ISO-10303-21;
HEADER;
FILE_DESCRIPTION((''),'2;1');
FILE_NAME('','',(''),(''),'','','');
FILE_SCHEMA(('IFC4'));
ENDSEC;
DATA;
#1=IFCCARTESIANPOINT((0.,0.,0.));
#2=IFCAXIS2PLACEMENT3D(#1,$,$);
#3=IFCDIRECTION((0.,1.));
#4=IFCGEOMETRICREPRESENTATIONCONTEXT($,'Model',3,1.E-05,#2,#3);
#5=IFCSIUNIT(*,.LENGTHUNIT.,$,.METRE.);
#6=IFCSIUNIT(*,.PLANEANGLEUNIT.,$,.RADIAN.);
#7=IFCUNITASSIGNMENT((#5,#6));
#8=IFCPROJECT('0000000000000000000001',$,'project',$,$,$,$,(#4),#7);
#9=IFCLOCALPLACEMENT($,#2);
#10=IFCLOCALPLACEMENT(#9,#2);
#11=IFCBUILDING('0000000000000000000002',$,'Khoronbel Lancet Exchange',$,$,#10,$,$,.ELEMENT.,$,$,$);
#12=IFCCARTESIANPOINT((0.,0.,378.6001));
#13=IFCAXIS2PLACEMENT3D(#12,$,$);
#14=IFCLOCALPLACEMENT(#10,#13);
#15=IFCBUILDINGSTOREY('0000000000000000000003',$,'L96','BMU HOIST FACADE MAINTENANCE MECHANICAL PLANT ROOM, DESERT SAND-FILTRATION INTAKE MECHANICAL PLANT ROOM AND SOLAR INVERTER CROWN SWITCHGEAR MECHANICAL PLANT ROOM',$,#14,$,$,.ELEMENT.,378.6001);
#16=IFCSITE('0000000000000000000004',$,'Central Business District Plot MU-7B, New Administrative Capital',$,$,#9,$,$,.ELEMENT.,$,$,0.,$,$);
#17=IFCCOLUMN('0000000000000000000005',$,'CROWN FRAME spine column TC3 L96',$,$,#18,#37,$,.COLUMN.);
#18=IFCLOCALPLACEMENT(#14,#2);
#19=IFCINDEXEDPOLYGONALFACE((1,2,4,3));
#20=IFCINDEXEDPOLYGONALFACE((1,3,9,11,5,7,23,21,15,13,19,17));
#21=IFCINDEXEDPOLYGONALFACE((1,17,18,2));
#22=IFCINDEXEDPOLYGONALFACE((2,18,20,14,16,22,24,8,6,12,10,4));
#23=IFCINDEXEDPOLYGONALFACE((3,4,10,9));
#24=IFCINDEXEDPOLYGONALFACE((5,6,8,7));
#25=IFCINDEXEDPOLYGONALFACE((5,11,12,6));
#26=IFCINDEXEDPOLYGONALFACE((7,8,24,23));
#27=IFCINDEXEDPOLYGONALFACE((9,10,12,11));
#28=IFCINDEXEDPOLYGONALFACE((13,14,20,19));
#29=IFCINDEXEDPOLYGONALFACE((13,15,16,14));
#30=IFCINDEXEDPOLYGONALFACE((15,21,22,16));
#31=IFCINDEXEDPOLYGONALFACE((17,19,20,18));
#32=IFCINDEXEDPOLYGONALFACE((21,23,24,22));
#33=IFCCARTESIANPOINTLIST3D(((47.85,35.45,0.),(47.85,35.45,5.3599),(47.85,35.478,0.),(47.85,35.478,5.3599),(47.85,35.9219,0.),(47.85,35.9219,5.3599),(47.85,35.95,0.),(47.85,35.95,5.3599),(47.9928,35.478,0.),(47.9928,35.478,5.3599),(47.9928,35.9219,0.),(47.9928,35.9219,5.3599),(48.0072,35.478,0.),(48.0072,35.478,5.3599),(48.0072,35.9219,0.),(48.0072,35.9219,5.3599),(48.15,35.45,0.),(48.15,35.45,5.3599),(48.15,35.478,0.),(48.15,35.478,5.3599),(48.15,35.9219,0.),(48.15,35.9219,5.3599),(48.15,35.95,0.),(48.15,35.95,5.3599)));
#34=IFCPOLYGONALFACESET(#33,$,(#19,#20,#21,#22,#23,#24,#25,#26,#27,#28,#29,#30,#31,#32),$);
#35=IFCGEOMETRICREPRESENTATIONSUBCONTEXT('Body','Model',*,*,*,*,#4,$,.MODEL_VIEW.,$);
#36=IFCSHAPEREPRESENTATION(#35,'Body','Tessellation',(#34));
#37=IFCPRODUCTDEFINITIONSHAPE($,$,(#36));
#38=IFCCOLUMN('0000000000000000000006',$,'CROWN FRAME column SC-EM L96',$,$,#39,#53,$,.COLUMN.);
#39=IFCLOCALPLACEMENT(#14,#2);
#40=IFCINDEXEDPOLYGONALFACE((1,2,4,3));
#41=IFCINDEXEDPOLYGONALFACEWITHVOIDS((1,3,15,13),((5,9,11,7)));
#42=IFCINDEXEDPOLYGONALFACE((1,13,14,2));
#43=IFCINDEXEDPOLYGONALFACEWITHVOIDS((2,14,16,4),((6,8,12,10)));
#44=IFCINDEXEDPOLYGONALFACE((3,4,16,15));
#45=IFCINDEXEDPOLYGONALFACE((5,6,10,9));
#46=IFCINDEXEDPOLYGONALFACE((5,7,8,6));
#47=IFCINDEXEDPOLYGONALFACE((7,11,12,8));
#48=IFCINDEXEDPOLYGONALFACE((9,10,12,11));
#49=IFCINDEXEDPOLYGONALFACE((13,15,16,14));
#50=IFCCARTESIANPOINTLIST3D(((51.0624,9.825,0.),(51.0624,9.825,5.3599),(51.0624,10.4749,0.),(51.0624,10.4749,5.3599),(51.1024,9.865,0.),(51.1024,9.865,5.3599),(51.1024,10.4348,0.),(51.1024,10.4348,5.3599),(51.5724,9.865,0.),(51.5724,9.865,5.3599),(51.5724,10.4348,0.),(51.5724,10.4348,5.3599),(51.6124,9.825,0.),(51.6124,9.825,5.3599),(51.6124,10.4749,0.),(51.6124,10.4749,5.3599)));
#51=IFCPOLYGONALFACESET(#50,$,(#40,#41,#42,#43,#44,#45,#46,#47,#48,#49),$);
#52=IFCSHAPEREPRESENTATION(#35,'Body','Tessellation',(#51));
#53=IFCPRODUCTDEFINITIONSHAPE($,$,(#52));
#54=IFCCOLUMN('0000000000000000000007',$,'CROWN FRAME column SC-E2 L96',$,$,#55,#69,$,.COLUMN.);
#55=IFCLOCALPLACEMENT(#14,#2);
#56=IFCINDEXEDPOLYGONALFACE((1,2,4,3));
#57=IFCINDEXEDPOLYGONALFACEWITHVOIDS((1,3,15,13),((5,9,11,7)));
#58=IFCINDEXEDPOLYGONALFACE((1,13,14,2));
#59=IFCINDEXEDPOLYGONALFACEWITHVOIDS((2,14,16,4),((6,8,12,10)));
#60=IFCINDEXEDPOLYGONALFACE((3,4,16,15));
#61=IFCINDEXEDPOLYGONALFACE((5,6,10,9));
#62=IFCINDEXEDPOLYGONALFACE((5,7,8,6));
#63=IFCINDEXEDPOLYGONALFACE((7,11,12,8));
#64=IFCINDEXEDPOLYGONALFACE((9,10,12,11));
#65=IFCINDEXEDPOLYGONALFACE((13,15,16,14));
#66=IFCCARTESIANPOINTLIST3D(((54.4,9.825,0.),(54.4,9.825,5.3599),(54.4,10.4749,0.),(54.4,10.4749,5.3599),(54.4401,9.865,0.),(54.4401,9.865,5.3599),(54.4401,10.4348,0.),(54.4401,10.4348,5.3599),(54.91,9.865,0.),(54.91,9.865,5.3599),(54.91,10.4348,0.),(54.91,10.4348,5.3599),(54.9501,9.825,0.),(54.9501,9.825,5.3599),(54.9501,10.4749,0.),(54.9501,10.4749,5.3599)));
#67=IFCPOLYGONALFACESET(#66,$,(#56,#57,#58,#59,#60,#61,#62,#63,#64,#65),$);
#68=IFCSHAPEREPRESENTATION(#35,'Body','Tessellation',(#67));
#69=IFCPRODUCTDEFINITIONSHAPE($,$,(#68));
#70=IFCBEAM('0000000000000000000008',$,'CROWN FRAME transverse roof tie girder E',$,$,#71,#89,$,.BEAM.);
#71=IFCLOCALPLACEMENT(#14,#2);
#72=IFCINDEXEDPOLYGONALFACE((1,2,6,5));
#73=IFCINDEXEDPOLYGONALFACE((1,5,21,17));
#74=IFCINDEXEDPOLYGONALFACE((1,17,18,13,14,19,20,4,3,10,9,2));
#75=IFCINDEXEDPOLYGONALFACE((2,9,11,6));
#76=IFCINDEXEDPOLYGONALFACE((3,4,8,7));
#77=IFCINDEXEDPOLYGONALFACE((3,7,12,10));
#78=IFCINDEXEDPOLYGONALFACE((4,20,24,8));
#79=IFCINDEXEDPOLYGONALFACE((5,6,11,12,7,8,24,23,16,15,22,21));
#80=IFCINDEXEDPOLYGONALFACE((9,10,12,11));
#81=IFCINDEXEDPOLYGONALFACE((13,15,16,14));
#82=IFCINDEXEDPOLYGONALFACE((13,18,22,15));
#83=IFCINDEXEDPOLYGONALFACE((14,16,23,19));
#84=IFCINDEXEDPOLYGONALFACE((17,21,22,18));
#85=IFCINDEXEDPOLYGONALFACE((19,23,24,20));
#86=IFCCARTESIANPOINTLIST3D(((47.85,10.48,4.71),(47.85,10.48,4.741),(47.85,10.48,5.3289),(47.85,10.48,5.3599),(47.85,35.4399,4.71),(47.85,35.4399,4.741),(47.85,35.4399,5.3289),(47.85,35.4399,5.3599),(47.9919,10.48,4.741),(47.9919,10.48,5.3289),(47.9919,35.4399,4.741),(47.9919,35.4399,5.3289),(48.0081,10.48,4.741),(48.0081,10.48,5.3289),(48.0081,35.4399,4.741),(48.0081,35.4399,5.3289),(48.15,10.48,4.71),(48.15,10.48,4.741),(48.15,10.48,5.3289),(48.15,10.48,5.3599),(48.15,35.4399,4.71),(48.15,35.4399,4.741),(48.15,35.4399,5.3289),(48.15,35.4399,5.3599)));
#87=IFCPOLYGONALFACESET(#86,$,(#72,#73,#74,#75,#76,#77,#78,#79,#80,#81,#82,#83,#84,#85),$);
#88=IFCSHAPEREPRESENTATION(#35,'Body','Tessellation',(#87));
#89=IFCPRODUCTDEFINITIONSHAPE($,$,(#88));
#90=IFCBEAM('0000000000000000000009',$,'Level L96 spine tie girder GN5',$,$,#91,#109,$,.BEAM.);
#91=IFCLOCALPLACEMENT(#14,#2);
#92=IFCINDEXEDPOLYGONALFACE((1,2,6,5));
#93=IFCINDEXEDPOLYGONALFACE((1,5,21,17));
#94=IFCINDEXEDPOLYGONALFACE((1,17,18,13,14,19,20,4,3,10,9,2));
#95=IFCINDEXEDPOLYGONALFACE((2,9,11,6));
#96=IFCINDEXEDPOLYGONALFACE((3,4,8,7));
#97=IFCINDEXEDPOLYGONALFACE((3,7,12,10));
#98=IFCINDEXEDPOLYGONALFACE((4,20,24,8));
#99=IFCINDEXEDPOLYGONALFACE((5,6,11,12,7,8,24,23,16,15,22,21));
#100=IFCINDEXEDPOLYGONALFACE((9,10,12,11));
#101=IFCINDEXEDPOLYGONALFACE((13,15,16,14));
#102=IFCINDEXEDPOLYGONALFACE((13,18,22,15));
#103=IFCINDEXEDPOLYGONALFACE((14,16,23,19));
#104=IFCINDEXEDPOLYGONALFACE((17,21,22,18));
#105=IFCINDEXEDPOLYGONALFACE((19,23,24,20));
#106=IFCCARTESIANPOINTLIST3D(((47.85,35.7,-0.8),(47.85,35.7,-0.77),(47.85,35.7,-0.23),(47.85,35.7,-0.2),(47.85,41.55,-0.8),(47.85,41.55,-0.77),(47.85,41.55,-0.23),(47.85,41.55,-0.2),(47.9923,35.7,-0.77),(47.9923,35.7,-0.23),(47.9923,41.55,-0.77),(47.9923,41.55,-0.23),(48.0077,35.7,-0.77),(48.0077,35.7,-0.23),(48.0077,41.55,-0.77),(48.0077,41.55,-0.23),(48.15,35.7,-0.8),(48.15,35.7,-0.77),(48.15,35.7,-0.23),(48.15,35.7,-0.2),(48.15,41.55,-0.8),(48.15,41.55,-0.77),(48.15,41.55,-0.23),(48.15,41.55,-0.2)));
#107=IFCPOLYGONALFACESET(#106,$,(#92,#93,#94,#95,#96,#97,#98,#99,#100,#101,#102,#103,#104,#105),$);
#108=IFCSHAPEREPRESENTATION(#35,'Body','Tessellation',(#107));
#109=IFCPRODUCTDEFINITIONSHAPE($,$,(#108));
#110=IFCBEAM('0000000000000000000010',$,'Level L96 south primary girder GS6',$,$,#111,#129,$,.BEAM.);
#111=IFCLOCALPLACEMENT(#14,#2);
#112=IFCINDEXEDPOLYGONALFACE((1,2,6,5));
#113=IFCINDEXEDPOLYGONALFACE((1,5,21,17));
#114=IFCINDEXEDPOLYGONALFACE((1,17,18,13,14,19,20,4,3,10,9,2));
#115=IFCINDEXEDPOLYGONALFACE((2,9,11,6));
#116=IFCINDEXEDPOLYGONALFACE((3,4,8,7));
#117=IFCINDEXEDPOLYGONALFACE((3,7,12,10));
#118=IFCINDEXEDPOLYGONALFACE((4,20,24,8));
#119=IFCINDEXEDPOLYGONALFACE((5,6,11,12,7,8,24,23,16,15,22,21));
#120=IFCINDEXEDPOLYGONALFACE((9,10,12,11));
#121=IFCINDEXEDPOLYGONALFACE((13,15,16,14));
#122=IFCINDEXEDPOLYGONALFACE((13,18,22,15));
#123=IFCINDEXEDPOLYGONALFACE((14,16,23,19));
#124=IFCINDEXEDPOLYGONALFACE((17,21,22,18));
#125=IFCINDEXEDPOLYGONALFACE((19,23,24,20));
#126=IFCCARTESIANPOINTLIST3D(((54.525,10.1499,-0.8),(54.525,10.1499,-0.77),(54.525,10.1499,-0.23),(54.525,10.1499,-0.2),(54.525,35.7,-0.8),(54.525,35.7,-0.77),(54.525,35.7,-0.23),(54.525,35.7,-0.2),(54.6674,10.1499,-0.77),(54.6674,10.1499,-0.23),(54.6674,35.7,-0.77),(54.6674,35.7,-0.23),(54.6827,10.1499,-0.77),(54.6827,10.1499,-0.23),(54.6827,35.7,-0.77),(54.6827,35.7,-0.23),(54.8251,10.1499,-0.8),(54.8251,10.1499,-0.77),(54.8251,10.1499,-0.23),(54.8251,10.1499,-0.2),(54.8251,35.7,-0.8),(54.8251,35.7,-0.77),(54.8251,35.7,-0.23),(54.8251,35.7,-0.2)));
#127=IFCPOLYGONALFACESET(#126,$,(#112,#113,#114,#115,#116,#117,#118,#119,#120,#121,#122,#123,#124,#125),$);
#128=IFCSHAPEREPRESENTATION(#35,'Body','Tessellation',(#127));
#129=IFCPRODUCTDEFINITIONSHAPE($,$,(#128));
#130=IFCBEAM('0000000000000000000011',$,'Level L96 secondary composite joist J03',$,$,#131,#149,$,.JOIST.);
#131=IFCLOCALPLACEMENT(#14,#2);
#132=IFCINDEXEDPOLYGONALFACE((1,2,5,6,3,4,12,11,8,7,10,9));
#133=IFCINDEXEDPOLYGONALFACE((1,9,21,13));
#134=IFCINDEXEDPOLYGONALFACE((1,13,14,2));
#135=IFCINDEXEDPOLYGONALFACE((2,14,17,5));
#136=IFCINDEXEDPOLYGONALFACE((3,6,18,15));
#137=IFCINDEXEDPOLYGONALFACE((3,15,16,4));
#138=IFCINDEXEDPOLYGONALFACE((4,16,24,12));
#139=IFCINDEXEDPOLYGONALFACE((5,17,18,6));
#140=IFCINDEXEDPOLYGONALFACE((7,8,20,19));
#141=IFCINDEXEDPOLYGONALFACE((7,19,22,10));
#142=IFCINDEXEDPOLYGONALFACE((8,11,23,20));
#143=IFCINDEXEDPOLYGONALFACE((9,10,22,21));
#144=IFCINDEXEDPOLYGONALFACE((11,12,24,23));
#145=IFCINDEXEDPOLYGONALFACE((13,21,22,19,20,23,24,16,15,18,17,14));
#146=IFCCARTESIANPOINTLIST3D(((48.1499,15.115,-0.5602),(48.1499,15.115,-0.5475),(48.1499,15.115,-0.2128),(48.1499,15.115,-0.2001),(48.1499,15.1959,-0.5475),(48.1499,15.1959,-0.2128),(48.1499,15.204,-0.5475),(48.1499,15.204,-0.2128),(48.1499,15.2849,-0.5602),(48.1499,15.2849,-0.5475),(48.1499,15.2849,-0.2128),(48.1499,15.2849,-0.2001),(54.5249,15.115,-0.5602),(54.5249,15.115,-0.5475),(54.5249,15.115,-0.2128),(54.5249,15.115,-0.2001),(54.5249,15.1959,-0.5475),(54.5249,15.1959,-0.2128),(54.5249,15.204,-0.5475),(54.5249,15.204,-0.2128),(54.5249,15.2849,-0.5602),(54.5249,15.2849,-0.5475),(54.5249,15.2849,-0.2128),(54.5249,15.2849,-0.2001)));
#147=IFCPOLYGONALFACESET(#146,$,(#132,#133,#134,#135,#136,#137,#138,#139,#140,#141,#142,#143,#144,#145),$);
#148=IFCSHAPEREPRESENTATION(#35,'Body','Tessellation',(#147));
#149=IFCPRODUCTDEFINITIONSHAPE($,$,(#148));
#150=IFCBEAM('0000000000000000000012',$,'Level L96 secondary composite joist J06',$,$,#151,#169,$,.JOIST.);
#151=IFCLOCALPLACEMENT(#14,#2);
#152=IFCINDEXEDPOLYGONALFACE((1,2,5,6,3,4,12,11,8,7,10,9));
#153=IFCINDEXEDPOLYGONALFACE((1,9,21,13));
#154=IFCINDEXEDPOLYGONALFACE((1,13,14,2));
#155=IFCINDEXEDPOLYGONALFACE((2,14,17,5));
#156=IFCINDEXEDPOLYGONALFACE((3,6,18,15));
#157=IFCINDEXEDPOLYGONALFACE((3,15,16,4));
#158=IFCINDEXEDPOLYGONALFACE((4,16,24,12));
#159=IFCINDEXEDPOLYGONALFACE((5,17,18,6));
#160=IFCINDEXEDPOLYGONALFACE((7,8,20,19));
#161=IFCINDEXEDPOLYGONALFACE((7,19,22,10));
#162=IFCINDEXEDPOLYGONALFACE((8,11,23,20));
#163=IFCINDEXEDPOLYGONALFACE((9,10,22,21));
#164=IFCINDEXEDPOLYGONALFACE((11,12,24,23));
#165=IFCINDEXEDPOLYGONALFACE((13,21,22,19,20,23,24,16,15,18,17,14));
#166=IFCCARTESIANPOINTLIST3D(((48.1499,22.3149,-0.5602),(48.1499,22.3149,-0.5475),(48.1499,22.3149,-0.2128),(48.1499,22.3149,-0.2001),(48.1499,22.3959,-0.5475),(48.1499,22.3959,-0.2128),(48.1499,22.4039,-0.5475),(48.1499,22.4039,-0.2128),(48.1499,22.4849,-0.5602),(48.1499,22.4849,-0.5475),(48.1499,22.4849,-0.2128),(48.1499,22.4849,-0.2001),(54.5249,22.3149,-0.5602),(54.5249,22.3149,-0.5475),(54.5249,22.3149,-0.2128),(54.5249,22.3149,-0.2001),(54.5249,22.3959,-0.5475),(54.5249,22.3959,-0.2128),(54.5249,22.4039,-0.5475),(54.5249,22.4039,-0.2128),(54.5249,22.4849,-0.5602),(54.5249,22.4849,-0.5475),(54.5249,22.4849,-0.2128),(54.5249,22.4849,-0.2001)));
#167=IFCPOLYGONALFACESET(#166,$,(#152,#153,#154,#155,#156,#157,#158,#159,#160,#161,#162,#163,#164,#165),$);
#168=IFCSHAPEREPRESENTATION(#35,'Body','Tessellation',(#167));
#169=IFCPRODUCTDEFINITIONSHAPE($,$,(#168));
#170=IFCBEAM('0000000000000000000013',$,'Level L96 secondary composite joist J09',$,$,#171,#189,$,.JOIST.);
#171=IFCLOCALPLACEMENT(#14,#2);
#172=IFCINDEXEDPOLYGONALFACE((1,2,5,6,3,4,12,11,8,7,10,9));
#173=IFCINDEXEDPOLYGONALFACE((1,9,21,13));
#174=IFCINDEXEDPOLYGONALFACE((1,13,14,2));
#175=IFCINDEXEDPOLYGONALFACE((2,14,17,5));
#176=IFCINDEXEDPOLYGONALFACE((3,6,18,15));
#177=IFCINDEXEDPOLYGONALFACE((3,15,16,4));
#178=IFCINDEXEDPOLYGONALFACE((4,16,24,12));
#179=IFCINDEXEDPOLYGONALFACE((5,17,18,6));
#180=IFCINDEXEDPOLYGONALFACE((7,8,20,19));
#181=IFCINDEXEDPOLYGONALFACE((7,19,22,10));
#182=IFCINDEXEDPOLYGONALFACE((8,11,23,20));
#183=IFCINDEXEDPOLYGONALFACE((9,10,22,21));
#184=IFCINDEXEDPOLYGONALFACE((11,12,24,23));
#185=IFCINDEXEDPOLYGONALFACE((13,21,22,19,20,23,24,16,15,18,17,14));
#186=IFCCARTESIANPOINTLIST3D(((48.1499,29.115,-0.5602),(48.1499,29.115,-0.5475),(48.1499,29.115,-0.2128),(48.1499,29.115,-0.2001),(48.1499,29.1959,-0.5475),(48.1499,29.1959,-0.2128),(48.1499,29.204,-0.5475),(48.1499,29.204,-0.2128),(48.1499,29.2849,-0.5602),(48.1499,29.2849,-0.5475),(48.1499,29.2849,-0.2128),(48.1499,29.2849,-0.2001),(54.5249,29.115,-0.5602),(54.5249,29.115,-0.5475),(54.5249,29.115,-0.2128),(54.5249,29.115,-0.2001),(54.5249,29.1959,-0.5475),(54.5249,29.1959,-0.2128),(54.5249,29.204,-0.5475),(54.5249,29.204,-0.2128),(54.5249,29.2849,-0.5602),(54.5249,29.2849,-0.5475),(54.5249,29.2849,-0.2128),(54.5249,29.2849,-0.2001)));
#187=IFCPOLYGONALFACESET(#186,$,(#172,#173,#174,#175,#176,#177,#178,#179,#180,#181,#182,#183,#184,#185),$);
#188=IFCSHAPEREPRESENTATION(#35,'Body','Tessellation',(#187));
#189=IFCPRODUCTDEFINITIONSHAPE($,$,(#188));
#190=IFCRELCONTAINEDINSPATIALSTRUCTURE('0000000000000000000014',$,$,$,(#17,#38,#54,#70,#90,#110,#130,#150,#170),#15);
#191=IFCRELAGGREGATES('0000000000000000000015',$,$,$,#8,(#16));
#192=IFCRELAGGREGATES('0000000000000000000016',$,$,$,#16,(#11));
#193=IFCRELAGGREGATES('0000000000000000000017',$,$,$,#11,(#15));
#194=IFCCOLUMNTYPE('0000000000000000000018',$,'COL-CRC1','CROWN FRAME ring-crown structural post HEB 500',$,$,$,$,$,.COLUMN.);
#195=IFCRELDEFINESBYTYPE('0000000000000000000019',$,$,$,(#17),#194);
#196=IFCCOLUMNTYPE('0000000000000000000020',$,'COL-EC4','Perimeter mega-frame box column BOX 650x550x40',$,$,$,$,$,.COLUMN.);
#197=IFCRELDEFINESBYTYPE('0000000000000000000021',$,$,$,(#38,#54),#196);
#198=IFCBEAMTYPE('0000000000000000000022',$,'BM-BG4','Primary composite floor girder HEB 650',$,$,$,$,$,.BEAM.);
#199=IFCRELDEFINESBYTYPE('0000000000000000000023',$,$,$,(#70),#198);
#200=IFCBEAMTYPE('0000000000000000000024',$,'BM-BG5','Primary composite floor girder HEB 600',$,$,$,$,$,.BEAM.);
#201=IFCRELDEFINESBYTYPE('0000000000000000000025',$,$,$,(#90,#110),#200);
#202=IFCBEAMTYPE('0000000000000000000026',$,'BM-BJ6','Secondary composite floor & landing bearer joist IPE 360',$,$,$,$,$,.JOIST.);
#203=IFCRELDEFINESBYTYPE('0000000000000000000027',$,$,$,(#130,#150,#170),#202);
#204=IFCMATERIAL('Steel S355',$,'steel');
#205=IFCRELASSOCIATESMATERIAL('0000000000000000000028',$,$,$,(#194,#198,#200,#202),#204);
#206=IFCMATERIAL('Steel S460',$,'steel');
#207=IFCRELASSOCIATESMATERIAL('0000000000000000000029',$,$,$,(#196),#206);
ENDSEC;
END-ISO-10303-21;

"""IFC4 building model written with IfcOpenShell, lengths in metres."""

from ifc_helpers import new_model, si_unit, direction, frame, origin, origin_2d, place, context, subcontext, project, spatial, hollow_rectangle, i_section, extrude, material, material_profile, profile_set, type_object, element, save


model = new_model("IFC4")

# Units and contexts
model_context = context("Model", 3, precision=1e-05, world=origin(), true_north=direction((0.0, 1.0)))
body_context = subcontext(model_context, "Body", "Model", "MODEL_VIEW")
ifc_project = project(units=[si_unit("LENGTHUNIT", "METRE"), si_unit("PLANEANGLEUNIT", "RADIAN")], contexts=[model_context])

# Site, building, storey
site_placement = place(None, origin())
site = spatial("IfcSite", under=ifc_project, at=site_placement, Name="Central Business District Plot MU-7B, New Administrative Capital", CompositionType="ELEMENT", RefElevation=0.0)
building_placement = place(site_placement, origin())
building = spatial("IfcBuilding", under=site, at=building_placement, Name="Khoronbel Lancet Exchange", CompositionType="ELEMENT")
storey_placement = place(building_placement, frame((0.0, 0.0, 378.6001)))
storey = spatial("IfcBuildingStorey", under=building, at=storey_placement, Name="L96", Description="BMU HOIST FACADE MAINTENANCE MECHANICAL PLANT ROOM, DESERT SAND-FILTRATION INTAKE MECHANICAL PLANT ROOM AND SOLAR INVERTER CROWN SWITCHGEAR MECHANICAL PLANT ROOM", CompositionType="ELEMENT", Elevation=378.6001)

# Columns
ifc_material_1 = material(Name="Steel S355", Category="steel")
ifc_material_profile_1 = material_profile(ifc_material_1, i_section(OverallWidth=0.3, OverallDepth=0.5, WebThickness=0.0144, FlangeThickness=0.0281, at=origin_2d()), Name="HEB 500")
ifc_profile_set_1 = profile_set([ifc_material_profile_1], Name="Steel S355")
column_type_1 = type_object("IfcColumnType", Name="COL-CRC1", Description="CROWN FRAME ring-crown structural post HEB 500", PredefinedType="COLUMN", material=ifc_profile_set_1)
column_placement = place(storey_placement, frame((48.0, 35.7, 0.0), z_axis=(0.0, 0.0, 1.0), x_axis=(1.0, 0.0, 0.0)))
element("IfcColumn", 1, at=column_placement, inside=storey, type_object=column_type_1, Name="CROWN FRAME spine column TC3 L96", PredefinedType="COLUMN", context=body_context, shape_type="SweptSolid", body=[
    extrude(i_section(OverallWidth=0.3, OverallDepth=0.5, WebThickness=0.0144, FlangeThickness=0.0281, at=origin_2d()), origin(), (0.0, 0.0, 1.0), 5.3599),
])
ifc_material_2 = material(Name="Steel S460", Category="steel")
ifc_material_profile_2 = material_profile(ifc_material_2, hollow_rectangle(XDim=0.55, YDim=0.6499, WallThickness=0.04, at=origin_2d()), Name="BOX 650x550x40")
ifc_profile_set_2 = profile_set([ifc_material_profile_2], Name="Steel S460")
column_type_2 = type_object("IfcColumnType", Name="COL-EC4", Description="Perimeter mega-frame box column BOX 650x550x40", PredefinedType="COLUMN", material=ifc_profile_set_2)
for number, where, z_axis, x_axis, name in (
    (2, (51.3374, 10.1499, 0.0), (0.0, 0.0, 1.0), (1.0, 0.0, 0.0), "CROWN FRAME column SC-EM L96"),
    (3, (54.675, 10.1499, 0.0), (0.0, 0.0, 1.0), (1.0, 0.0, 0.0), "CROWN FRAME column SC-E2 L96"),
):
    element("IfcColumn", number, at=place(storey_placement, frame(where, z_axis=z_axis, x_axis=x_axis)), inside=storey, type_object=column_type_2, Name=name, PredefinedType="COLUMN", context=body_context, shape_type="SweptSolid", body=[
        extrude(hollow_rectangle(XDim=0.55, YDim=0.6499, WallThickness=0.04, at=origin_2d()), origin(), (0.0, 0.0, 1.0), 5.3599),
    ])

# Beams
ifc_material_profile_3 = material_profile(ifc_material_1, i_section(OverallWidth=0.3, OverallDepth=0.6499, WebThickness=0.0161, FlangeThickness=0.031, at=origin_2d()), Name="HEB 650")
ifc_profile_set_3 = profile_set([ifc_material_profile_3], Name="Steel S355")
beam_type_1 = type_object("IfcBeamType", Name="BM-BG4", Description="Primary composite floor girder HEB 650", PredefinedType="BEAM", material=ifc_profile_set_3)
beam_1_placement = place(storey_placement, frame((48.0, 10.48, 5.0349), z_axis=(0.0, 1.0, 0.0), x_axis=(-1.0, 0.0, 0.0)))
element("IfcBeam", 4, at=beam_1_placement, inside=storey, type_object=beam_type_1, Name="CROWN FRAME transverse roof tie girder E", PredefinedType="BEAM", context=body_context, shape_type="SweptSolid", body=[
    extrude(i_section(OverallWidth=0.3, OverallDepth=0.6499, WebThickness=0.0161, FlangeThickness=0.031, at=origin_2d()), origin(), (0.0, 0.0, 1.0), 24.96),
])
ifc_material_profile_4 = material_profile(ifc_material_1, i_section(OverallWidth=0.3, OverallDepth=0.6001, WebThickness=0.0154, FlangeThickness=0.03, at=origin_2d()), Name="HEB 600")
ifc_profile_set_4 = profile_set([ifc_material_profile_4], Name="Steel S355")
beam_type_2 = type_object("IfcBeamType", Name="BM-BG5", Description="Primary composite floor girder HEB 600", PredefinedType="BEAM", material=ifc_profile_set_4)
beam_2_placement = place(storey_placement, frame((48.0, 35.7, -0.5), z_axis=(0.0, 1.0, 0.0), x_axis=(-1.0, 0.0, 0.0)))
element("IfcBeam", 5, at=beam_2_placement, inside=storey, type_object=beam_type_2, Name="Level L96 spine tie girder GN5", PredefinedType="BEAM", context=body_context, shape_type="SweptSolid", body=[
    extrude(i_section(OverallWidth=0.3, OverallDepth=0.6001, WebThickness=0.0154, FlangeThickness=0.03, at=origin_2d()), origin(), (0.0, 0.0, 1.0), 5.8501),
])
beam_3_placement = place(storey_placement, frame((54.675, 10.1499, -0.5), z_axis=(0.0, 1.0, 0.0), x_axis=(-1.0, 0.0, 0.0)))
element("IfcBeam", 6, at=beam_3_placement, inside=storey, type_object=beam_type_2, Name="Level L96 south primary girder GS6", PredefinedType="BEAM", context=body_context, shape_type="SweptSolid", body=[
    extrude(i_section(OverallWidth=0.3, OverallDepth=0.6001, WebThickness=0.0154, FlangeThickness=0.03, at=origin_2d()), origin(), (0.0, 0.0, 1.0), 25.55),
])
ifc_material_profile_5 = material_profile(ifc_material_1, i_section(OverallWidth=0.1699, OverallDepth=0.3601, WebThickness=0.0081, FlangeThickness=0.0127, at=origin_2d()), Name="IPE 360")
ifc_profile_set_5 = profile_set([ifc_material_profile_5], Name="Steel S355")
beam_type_3 = type_object("IfcBeamType", Name="BM-BJ6", Description="Secondary composite floor & landing bearer joist IPE 360", PredefinedType="JOIST", material=ifc_profile_set_5)
for number, where, z_axis, x_axis, name in (
    (7, (48.1499, 15.2, -0.3801), (1.0, 0.0, 0.0), (0.0, 1.0, 0.0), "Level L96 secondary composite joist J03"),
    (8, (48.1499, 22.3999, -0.3801), (1.0, 0.0, 0.0), (0.0, 1.0, 0.0), "Level L96 secondary composite joist J06"),
    (9, (48.1499, 29.2, -0.3801), (1.0, 0.0, 0.0), (0.0, 1.0, 0.0), "Level L96 secondary composite joist J09"),
):
    element("IfcBeam", number, at=place(storey_placement, frame(where, z_axis=z_axis, x_axis=x_axis)), inside=storey, type_object=beam_type_3, Name=name, PredefinedType="JOIST", context=body_context, shape_type="SweptSolid", body=[
        extrude(i_section(OverallWidth=0.1699, OverallDepth=0.3601, WebThickness=0.0081, FlangeThickness=0.0127, at=origin_2d()), origin(), (0.0, 0.0, 1.0), 6.375),
    ])

save(model, "model.ifc")
